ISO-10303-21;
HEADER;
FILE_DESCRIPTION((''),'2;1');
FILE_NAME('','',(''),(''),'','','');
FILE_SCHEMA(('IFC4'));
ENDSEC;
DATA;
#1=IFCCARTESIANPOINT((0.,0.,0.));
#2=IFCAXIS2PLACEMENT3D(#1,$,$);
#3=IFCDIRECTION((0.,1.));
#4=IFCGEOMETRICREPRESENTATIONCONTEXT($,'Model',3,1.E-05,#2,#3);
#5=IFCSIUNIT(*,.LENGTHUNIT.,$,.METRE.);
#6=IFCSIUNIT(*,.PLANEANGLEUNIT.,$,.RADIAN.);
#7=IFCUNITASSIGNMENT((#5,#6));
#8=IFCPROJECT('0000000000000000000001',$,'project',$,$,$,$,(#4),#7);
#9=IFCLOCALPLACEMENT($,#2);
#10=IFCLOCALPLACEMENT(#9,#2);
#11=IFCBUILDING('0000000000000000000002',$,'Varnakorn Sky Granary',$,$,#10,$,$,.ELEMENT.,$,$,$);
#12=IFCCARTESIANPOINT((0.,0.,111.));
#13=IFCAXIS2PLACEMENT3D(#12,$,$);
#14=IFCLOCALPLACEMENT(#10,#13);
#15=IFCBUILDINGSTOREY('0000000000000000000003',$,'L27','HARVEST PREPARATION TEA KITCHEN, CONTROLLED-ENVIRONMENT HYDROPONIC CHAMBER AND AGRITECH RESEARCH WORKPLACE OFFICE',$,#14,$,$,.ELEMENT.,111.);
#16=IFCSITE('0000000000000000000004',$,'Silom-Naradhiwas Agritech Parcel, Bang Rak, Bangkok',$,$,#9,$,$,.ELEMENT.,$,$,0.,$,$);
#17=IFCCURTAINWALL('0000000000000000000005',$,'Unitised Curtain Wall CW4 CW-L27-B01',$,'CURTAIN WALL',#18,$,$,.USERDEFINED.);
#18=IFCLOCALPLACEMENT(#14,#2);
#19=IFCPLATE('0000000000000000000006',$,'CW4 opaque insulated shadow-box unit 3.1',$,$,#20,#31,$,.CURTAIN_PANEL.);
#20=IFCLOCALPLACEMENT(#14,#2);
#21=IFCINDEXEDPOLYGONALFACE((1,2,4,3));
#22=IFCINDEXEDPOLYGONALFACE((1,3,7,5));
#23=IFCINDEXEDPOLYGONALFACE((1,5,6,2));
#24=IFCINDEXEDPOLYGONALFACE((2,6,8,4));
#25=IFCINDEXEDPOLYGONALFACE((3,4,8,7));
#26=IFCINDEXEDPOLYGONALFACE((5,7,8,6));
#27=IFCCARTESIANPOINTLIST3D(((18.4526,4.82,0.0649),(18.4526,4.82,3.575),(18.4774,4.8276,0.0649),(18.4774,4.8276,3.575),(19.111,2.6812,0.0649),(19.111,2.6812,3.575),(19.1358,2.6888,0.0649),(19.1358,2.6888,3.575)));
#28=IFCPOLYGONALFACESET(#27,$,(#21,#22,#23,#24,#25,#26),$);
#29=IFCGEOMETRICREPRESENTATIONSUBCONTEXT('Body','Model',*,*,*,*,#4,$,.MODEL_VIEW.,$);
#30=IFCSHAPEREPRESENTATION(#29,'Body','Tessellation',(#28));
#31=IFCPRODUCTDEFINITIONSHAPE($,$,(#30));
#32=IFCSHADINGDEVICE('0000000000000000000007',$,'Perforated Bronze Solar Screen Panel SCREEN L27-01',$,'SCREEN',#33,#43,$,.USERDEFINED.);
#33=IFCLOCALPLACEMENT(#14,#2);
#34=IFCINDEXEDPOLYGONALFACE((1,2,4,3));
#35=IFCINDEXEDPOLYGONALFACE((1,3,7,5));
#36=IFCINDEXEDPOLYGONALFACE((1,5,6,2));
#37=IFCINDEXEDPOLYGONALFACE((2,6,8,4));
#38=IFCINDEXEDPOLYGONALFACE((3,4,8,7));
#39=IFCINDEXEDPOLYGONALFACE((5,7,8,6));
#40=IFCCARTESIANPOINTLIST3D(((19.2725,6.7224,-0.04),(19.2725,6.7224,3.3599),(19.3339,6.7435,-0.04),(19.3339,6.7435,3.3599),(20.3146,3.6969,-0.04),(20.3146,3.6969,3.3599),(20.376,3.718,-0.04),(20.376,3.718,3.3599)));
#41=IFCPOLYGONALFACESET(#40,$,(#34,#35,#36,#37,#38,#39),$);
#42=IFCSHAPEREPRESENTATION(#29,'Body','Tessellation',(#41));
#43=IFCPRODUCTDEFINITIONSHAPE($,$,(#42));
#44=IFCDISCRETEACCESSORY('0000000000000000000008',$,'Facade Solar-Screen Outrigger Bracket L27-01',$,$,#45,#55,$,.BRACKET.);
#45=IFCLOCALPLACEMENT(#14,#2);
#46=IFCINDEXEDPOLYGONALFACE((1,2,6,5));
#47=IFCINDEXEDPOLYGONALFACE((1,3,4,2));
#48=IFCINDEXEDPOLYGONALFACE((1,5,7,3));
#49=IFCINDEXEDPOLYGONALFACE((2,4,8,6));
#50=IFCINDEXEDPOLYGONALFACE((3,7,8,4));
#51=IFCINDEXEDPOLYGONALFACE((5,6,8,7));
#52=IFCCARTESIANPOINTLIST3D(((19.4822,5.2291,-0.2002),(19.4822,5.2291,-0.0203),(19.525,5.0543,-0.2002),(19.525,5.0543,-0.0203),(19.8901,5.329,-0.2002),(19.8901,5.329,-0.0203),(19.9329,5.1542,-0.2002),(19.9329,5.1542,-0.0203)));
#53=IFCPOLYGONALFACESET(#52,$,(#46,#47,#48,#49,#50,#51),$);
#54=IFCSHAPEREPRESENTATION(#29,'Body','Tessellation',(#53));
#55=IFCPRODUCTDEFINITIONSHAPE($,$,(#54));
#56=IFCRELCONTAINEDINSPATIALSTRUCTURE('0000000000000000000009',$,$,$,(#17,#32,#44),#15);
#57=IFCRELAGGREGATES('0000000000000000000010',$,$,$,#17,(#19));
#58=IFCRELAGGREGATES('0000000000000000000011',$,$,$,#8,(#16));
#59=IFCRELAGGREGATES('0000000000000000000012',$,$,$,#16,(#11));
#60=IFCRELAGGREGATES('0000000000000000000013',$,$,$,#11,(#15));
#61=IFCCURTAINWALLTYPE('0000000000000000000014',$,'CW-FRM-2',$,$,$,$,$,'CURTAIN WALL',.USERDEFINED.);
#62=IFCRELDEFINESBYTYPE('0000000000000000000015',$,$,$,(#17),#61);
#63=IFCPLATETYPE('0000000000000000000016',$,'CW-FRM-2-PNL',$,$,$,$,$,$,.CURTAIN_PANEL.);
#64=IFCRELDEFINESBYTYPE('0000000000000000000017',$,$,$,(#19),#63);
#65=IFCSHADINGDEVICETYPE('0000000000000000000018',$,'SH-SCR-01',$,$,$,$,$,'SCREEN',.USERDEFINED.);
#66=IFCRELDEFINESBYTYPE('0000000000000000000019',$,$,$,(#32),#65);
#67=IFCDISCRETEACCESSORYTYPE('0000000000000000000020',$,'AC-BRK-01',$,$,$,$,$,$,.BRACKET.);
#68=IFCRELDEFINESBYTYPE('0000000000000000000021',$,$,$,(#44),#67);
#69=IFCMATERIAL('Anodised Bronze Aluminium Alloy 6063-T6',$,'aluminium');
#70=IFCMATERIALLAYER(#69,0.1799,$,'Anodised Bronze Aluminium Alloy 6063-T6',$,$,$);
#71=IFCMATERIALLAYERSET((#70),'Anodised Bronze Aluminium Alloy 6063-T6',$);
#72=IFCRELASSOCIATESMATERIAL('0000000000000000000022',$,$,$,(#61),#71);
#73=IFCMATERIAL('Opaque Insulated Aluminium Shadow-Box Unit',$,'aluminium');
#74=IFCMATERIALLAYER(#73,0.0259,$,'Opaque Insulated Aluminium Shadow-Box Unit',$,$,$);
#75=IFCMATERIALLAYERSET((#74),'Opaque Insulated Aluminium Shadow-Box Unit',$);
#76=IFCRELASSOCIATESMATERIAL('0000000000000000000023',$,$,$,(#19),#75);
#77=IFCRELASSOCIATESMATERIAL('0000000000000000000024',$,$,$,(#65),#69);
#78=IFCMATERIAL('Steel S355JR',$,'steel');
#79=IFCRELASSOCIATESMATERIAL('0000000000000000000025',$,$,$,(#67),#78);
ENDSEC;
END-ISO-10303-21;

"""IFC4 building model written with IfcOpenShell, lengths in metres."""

from ifc_helpers import new_model, si_unit, direction, frame, origin, origin_2d, place, context, subcontext, project, spatial, rectangle, extrude, source, transform, mapped, material, layer, layer_set, type_object, type_shapes, element, aggregate, save


model = new_model("IFC4")

# Units and contexts
model_context = context("Model", 3, precision=1e-05, world=origin(), true_north=direction((0.0, 1.0)))
body_context = subcontext(model_context, "Body", "Model", "MODEL_VIEW")
ifc_project = project(units=[si_unit("LENGTHUNIT", "METRE"), si_unit("PLANEANGLEUNIT", "RADIAN")], contexts=[model_context])

# Site, building, storey
site_placement = place(None, origin())
site = spatial("IfcSite", under=ifc_project, at=site_placement, Name="Silom-Naradhiwas Agritech Parcel, Bang Rak, Bangkok", CompositionType="ELEMENT", RefElevation=0.0)
building_placement = place(site_placement, origin())
building = spatial("IfcBuilding", under=site, at=building_placement, Name="Varnakorn Sky Granary", CompositionType="ELEMENT")
storey_placement = place(building_placement, frame((0.0, 0.0, 111.0)))
storey = spatial("IfcBuildingStorey", under=building, at=storey_placement, Name="L27", Description="HARVEST PREPARATION TEA KITCHEN, CONTROLLED-ENVIRONMENT HYDROPONIC CHAMBER AND AGRITECH RESEARCH WORKPLACE OFFICE", CompositionType="ELEMENT", Elevation=111.0)

# Shared definitions
ifc_material_1 = material(Name="Steel S355JR", Category="steel")

# Curtain wall
ifc_material_2 = material(Name="Anodised Bronze Aluminium Alloy 6063-T6", Category="aluminium")
ifc_layer_1 = layer(ifc_material_2, 0.1799, Name="Anodised Bronze Aluminium Alloy 6063-T6")
ifc_layer_set_1 = layer_set([ifc_layer_1], Name="Anodised Bronze Aluminium Alloy 6063-T6")
curtain_wall_type = type_object("IfcCurtainWallType", Name="CW-FRM-2", ElementType="CURTAIN WALL", PredefinedType="USERDEFINED", material=ifc_layer_set_1)
curtain_wall_1_placement = place(storey_placement, origin())
curtain_wall_1 = element("IfcCurtainWall", 1, at=curtain_wall_1_placement, inside=storey, type_object=curtain_wall_type, Name="Unitised Curtain Wall CW4 CW-L27-B01", ObjectType="CURTAIN WALL", PredefinedType="USERDEFINED")

# Plate
plate_type = type_object("IfcPlateType", Name="CW-FRM-2-PNL", PredefinedType="CURTAIN_PANEL")
ifc_material_3 = material(Name="Opaque Insulated Aluminium Shadow-Box Unit", Category="aluminium")
ifc_layer_2 = layer(ifc_material_3, 0.0259, Name="Opaque Insulated Aluminium Shadow-Box Unit")
ifc_layer_set_2 = layer_set([ifc_layer_2], Name="Opaque Insulated Aluminium Shadow-Box Unit")
shared_shape_1 = source(origin(), body_context, "Body", "SweptSolid", [
    extrude(rectangle(XDim=2.2378, YDim=0.0259, at=origin_2d()), origin(), (0.0, 0.0, 1.0), 3.51),
])
plate_1_placement = place(storey_placement, frame((18.7942, 3.7544, 0.0649), z_axis=(0.0, 0.0, 1.0), x_axis=(0.294221, -0.955738, 0.0)))
plate_1 = element("IfcPlate", 2, at=plate_1_placement, type_object=plate_type, material=ifc_layer_set_2, Name="CW4 opaque insulated shadow-box unit 3.1", PredefinedType="CURTAIN_PANEL", context=body_context, shape_type="MappedRepresentation", body=[
    mapped(shared_shape_1, transform((0.0, 0.0, 0.0), x_axis=(1.0, 0.0, 0.0), y_axis=(0.0, 1.0, 0.0), z_axis=(0.0, 0.0, 1.0), scale=1.0)),
])
aggregate(curtain_wall_1, [plate_1])

# Shading device
shading_device_type = type_object("IfcShadingDeviceType", Name="SH-SCR-01", ElementType="SCREEN", PredefinedType="USERDEFINED", material=ifc_material_2)
shared_shape_2 = source(origin(), body_context, "Body", "SweptSolid", [
    extrude(rectangle(XDim=3.2, YDim=0.0649, at=origin_2d()), origin(), (0.0, 0.0, 1.0), 3.3999),
])
type_shapes(shading_device_type, [shared_shape_2])
shading_device_placement = place(storey_placement, frame((19.8242, 5.2202, -0.04), z_axis=(0.0, 0.0, 1.0), x_axis=(-0.325664, 0.945486, 0.0)))
element("IfcShadingDevice", 3, at=shading_device_placement, inside=storey, type_object=shading_device_type, Name="Perforated Bronze Solar Screen Panel SCREEN L27-01", ObjectType="SCREEN", PredefinedType="USERDEFINED", context=body_context, shape_type="MappedRepresentation", body=[
    mapped(shared_shape_2, transform((0.0, 0.0, 0.0), x_axis=(1.0, 0.0, 0.0), y_axis=(0.0, 1.0, 0.0), z_axis=(0.0, 0.0, 1.0), scale=1.0)),
])

# Discrete accessory
discrete_accessory_type = type_object("IfcDiscreteAccessoryType", Name="AC-BRK-01", PredefinedType="BRACKET", material=ifc_material_1)
shared_shape_3 = source(origin(), body_context, "Body", "SweptSolid", [
    extrude(rectangle(XDim=0.1799, YDim=0.4199, at=origin_2d()), origin(), (0.0, 0.0, 1.0), 0.1799),
])
type_shapes(discrete_accessory_type, [shared_shape_3])
discrete_accessory_placement = place(storey_placement, frame((19.7075, 5.1917, -0.2002), z_axis=(0.0, 0.0, 1.0), x_axis=(-0.237784, 0.971318, 0.0)))
element("IfcDiscreteAccessory", 4, at=discrete_accessory_placement, inside=storey, type_object=discrete_accessory_type, Name="Facade Solar-Screen Outrigger Bracket L27-01", PredefinedType="BRACKET", context=body_context, shape_type="MappedRepresentation", body=[
    mapped(shared_shape_3, transform((0.0, 0.0, 0.0), x_axis=(1.0, 0.0, 0.0), y_axis=(0.0, 1.0, 0.0), z_axis=(0.0, 0.0, 1.0), scale=1.0)),
])

save(model, "model.ifc")
